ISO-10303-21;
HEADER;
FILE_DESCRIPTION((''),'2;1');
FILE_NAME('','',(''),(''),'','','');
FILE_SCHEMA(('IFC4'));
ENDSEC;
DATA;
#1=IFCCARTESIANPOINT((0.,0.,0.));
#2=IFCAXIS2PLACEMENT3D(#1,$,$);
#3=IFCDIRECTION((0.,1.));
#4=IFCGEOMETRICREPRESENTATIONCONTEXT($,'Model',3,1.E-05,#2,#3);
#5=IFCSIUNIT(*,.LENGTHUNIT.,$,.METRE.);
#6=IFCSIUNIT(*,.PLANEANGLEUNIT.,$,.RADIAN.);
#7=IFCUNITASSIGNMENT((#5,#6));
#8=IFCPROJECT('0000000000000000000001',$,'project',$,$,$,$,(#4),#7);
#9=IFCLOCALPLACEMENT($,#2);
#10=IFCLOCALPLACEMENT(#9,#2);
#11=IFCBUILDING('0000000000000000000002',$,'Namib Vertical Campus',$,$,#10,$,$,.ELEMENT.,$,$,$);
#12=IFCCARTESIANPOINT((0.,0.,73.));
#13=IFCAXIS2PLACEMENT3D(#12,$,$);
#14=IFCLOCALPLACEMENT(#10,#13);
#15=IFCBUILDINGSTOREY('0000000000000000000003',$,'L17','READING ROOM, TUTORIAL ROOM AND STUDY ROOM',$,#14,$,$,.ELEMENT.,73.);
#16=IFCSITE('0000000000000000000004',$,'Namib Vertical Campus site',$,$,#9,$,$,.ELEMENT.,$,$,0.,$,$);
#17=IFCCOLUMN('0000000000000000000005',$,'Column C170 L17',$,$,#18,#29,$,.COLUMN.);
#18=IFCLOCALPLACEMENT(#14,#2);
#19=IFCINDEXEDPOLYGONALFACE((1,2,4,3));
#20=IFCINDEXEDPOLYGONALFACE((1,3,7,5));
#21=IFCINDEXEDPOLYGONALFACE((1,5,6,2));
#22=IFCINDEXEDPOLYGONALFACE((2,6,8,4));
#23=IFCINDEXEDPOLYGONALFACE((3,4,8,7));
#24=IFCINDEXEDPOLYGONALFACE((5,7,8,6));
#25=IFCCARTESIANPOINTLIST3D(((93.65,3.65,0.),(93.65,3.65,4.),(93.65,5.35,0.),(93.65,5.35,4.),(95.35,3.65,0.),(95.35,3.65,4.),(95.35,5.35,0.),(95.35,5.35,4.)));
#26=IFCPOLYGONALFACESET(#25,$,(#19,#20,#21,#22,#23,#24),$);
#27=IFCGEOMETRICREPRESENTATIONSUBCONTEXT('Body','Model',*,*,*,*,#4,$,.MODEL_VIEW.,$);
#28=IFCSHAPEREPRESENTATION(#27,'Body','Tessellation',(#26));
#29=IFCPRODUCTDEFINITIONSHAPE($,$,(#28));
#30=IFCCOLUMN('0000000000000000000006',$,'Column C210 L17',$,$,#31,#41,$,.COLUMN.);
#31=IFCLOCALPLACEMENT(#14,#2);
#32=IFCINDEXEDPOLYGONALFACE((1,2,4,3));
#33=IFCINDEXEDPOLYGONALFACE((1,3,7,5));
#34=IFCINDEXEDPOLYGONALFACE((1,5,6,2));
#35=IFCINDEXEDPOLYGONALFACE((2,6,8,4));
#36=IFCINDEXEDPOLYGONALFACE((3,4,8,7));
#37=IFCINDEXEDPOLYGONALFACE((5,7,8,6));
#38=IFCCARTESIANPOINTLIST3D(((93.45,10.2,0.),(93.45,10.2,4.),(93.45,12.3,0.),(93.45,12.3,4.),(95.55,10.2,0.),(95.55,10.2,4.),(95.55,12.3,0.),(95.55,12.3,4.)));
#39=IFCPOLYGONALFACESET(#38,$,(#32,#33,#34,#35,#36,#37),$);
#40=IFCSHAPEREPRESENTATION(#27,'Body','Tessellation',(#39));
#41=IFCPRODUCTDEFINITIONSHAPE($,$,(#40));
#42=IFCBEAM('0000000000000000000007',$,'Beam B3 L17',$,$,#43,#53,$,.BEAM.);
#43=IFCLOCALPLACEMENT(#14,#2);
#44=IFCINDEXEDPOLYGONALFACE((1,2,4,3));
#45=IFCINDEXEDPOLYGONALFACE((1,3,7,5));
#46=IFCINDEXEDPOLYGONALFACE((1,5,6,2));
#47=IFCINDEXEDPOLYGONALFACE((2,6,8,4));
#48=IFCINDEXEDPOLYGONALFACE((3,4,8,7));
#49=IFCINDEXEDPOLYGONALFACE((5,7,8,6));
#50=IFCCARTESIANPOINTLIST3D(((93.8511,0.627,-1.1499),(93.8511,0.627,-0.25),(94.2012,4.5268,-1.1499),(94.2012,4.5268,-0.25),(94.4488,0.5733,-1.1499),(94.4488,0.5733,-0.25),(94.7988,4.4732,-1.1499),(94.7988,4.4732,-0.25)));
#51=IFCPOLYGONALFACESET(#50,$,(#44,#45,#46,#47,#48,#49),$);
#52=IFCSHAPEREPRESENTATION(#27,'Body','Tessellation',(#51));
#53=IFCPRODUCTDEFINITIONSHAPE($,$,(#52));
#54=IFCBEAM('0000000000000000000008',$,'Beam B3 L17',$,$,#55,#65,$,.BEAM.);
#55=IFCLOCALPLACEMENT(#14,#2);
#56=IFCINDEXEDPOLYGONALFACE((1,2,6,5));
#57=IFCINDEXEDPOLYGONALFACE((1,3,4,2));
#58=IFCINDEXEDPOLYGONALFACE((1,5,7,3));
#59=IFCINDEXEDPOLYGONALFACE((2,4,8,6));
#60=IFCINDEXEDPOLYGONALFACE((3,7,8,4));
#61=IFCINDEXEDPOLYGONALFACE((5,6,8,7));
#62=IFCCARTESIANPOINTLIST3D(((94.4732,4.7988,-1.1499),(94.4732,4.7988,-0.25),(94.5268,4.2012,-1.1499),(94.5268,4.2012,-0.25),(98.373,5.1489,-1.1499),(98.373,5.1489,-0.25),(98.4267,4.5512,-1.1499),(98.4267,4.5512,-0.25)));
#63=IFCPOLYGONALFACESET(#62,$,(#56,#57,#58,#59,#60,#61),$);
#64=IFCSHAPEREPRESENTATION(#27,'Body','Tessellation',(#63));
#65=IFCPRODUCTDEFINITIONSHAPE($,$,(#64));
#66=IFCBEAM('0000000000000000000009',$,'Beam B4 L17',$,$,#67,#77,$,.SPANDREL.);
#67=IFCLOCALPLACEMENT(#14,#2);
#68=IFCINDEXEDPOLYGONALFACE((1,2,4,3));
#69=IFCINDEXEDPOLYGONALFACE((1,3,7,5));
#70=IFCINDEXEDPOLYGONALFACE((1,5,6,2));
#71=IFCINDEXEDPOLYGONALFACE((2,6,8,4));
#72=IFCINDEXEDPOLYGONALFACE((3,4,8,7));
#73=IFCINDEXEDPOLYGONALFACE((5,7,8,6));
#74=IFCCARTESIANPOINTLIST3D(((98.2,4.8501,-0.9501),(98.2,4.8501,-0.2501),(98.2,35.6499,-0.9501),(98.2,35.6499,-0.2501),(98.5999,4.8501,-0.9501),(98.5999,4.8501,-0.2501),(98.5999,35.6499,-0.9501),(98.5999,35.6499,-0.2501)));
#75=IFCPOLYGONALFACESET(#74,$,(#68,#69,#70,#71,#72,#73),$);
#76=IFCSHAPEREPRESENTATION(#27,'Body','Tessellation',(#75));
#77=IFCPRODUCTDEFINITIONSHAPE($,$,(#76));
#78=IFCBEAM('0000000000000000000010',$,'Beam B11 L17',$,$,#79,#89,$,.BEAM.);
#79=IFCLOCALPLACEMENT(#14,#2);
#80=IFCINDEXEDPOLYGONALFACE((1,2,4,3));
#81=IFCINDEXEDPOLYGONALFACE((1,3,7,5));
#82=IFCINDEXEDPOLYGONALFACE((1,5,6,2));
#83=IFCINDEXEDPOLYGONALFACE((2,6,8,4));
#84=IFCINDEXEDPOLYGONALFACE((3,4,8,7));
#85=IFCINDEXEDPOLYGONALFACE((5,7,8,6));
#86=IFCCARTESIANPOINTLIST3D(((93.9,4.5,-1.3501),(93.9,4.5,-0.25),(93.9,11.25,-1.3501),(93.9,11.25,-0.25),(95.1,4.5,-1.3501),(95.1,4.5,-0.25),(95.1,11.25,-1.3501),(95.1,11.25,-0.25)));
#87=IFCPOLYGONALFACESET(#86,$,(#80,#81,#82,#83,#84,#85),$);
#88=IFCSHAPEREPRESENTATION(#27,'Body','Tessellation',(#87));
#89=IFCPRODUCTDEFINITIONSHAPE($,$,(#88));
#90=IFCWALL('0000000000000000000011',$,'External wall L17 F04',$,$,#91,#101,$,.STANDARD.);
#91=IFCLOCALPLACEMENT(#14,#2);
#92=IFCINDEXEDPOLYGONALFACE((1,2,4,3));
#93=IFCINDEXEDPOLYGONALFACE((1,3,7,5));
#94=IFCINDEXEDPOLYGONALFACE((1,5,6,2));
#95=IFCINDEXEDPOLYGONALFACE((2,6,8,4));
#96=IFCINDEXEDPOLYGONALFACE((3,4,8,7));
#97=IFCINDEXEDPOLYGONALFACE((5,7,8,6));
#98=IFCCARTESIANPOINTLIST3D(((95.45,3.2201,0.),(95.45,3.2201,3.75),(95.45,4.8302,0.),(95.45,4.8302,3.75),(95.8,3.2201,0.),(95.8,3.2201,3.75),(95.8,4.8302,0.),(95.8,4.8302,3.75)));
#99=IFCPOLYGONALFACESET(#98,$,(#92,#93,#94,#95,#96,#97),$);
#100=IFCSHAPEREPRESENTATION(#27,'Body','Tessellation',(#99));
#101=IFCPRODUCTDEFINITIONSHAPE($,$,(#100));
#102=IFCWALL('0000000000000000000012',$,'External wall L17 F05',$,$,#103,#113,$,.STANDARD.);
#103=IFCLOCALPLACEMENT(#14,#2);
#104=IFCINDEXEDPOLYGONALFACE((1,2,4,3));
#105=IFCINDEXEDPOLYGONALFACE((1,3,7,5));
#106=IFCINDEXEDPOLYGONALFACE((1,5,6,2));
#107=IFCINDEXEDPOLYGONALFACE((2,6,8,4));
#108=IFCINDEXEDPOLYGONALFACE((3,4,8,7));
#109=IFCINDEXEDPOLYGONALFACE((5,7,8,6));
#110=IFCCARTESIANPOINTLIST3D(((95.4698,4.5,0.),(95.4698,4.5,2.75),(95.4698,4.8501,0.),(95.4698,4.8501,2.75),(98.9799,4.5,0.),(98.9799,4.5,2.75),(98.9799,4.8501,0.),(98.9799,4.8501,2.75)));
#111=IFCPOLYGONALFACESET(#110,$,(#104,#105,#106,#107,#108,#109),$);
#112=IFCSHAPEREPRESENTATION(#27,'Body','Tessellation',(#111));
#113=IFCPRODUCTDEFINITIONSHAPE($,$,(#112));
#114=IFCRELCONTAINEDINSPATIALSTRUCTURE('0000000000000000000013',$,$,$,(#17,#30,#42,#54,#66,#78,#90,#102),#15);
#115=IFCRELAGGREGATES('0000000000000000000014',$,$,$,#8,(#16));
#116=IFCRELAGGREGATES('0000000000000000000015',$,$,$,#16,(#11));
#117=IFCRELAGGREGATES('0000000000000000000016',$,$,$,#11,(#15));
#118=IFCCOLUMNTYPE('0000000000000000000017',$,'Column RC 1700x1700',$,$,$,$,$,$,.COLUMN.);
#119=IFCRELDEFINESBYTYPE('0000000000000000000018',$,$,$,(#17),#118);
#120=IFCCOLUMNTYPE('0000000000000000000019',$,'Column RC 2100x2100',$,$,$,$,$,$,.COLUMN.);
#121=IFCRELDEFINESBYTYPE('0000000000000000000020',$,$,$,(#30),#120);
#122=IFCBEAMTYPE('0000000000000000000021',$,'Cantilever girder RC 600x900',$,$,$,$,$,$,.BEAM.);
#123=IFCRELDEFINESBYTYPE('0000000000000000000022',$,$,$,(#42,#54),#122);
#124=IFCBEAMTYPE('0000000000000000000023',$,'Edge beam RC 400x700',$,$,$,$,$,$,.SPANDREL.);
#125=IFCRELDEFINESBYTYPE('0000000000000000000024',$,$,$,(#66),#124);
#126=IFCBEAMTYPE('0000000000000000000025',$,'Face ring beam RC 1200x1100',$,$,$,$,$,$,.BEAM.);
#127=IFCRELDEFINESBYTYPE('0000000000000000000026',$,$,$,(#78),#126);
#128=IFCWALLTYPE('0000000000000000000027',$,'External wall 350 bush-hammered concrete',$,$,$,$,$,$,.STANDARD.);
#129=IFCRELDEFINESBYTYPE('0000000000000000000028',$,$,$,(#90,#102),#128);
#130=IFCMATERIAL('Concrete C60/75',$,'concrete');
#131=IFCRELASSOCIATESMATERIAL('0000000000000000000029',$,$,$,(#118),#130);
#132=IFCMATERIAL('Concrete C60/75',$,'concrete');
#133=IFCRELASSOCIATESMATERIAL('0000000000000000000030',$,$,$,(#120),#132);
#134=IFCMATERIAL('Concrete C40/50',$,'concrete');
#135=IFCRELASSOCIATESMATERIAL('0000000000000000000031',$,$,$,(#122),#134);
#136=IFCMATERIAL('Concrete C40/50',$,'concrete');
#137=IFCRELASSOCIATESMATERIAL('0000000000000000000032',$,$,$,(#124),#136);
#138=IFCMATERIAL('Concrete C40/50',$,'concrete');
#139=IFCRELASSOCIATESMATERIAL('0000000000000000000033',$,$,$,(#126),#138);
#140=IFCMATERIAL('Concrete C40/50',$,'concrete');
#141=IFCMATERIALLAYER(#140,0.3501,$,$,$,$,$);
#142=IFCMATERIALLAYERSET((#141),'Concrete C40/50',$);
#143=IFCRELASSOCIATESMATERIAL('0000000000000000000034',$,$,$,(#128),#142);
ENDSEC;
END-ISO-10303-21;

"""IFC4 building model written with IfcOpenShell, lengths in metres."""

from ifc_helpers import new_model, si_unit, direction, frame, frame_2d, origin, origin_2d, place, context, subcontext, project, spatial, rectangle, extrude, material, layer, layer_set, material_profile, profile_set, type_object, element, save


model = new_model("IFC4")

# Units and contexts
model_context = context("Model", 3, precision=1e-05, world=origin(), true_north=direction((0.0, 1.0)))
body_context = subcontext(model_context, "Body", "Model", "MODEL_VIEW")
ifc_project = project(units=[si_unit("LENGTHUNIT", "METRE"), si_unit("PLANEANGLEUNIT", "RADIAN")], contexts=[model_context])

# Site, building, storey
site_placement = place(None, origin())
site = spatial("IfcSite", under=ifc_project, at=site_placement, Name="Namib Vertical Campus site", CompositionType="ELEMENT", RefElevation=0.0)
building_placement = place(site_placement, origin())
building = spatial("IfcBuilding", under=site, at=building_placement, Name="Namib Vertical Campus", CompositionType="ELEMENT")
storey_placement = place(building_placement, frame((0.0, 0.0, 73.0)))
storey = spatial("IfcBuildingStorey", under=building, at=storey_placement, Name="L17", Description="READING ROOM, TUTORIAL ROOM AND STUDY ROOM", CompositionType="ELEMENT", Elevation=73.0)

# Columns
ifc_material_1 = material(Name="Concrete C60/75", Category="concrete")
ifc_material_profile_1 = material_profile(ifc_material_1, rectangle(XDim=1.7, YDim=1.7, at=origin_2d()))
ifc_profile_set_1 = profile_set([ifc_material_profile_1], Name="Concrete C60/75")
column_type_1 = type_object("IfcColumnType", Name="Column RC 1700x1700", PredefinedType="COLUMN", material=ifc_profile_set_1)
column_1_placement = place(storey_placement, frame((94.5, 4.5, 0.0), z_axis=(0.0, 0.0, 1.0), x_axis=(1.0, 0.0, 0.0)))
element("IfcColumn", 1, at=column_1_placement, inside=storey, type_object=column_type_1, Name="Column C170 L17", PredefinedType="COLUMN", context=body_context, shape_type="SweptSolid", body=[
    extrude(rectangle(XDim=1.7, YDim=1.7, at=origin_2d()), origin(), (0.0, 0.0, 1.0), 4.0),
])
ifc_material_2 = material(Name="Concrete C60/75", Category="concrete")
ifc_material_profile_2 = material_profile(ifc_material_2, rectangle(XDim=2.1001, YDim=2.1001, at=origin_2d()))
ifc_profile_set_2 = profile_set([ifc_material_profile_2], Name="Concrete C60/75")
column_type_2 = type_object("IfcColumnType", Name="Column RC 2100x2100", PredefinedType="COLUMN", material=ifc_profile_set_2)
column_2_placement = place(storey_placement, frame((94.5, 11.25, 0.0), z_axis=(0.0, 0.0, 1.0), x_axis=(1.0, 0.0, 0.0)))
element("IfcColumn", 2, at=column_2_placement, inside=storey, type_object=column_type_2, Name="Column C210 L17", PredefinedType="COLUMN", context=body_context, shape_type="SweptSolid", body=[
    extrude(rectangle(XDim=2.1001, YDim=2.1001, at=origin_2d()), origin(), (0.0, 0.0, 1.0), 4.0),
])

# Beams
ifc_material_3 = material(Name="Concrete C40/50", Category="concrete")
ifc_material_profile_3 = material_profile(ifc_material_3, rectangle(XDim=0.6001, YDim=0.8999, at=origin_2d()))
ifc_profile_set_3 = profile_set([ifc_material_profile_3], Name="Concrete C40/50")
beam_type_1 = type_object("IfcBeamType", Name="Cantilever girder RC 600x900", PredefinedType="BEAM", material=ifc_profile_set_3)
for number, where, z_axis, x_axis, name in (
    (3, (94.5, 4.5, -0.7), (-0.089411, -0.995995, 0.0), (0.995995, -0.089411, 0.0), "Beam B3 L17"),
    (4, (94.5, 4.5, -0.7), (0.995995, 0.089411, 0.0), (-0.089411, 0.995995, 0.0), "Beam B3 L17"),
):
    element("IfcBeam", number, at=place(storey_placement, frame(where, z_axis=z_axis, x_axis=x_axis)), inside=storey, type_object=beam_type_1, Name=name, PredefinedType="BEAM", context=body_context, shape_type="SweptSolid", body=[
        extrude(rectangle(XDim=0.6001, YDim=0.8999, at=origin_2d()), origin(), (0.0, 0.0, 1.0), 3.9155),
    ])
ifc_material_4 = material(Name="Concrete C40/50", Category="concrete")
ifc_material_profile_4 = material_profile(ifc_material_4, rectangle(XDim=0.3999, YDim=0.7, at=origin_2d()))
ifc_profile_set_4 = profile_set([ifc_material_profile_4], Name="Concrete C40/50")
beam_type_2 = type_object("IfcBeamType", Name="Edge beam RC 400x700", PredefinedType="SPANDREL", material=ifc_profile_set_4)
beam_1_placement = place(storey_placement, frame((98.3999, 4.8501, -0.6001), z_axis=(0.0, 1.0, 0.0), x_axis=(-1.0, 0.0, 0.0)))
element("IfcBeam", 5, at=beam_1_placement, inside=storey, type_object=beam_type_2, Name="Beam B4 L17", PredefinedType="SPANDREL", context=body_context, shape_type="SweptSolid", body=[
    extrude(rectangle(XDim=0.3999, YDim=0.7, at=origin_2d()), origin(), (0.0, 0.0, 1.0), 30.7998),
])
ifc_material_5 = material(Name="Concrete C40/50", Category="concrete")
ifc_material_profile_5 = material_profile(ifc_material_5, rectangle(XDim=1.2, YDim=1.1001, at=origin_2d()))
ifc_profile_set_5 = profile_set([ifc_material_profile_5], Name="Concrete C40/50")
beam_type_3 = type_object("IfcBeamType", Name="Face ring beam RC 1200x1100", PredefinedType="BEAM", material=ifc_profile_set_5)
beam_2_placement = place(storey_placement, frame((94.5, 4.5, -0.8), z_axis=(0.0, 1.0, 0.0), x_axis=(-1.0, 0.0, 0.0)))
element("IfcBeam", 6, at=beam_2_placement, inside=storey, type_object=beam_type_3, Name="Beam B11 L17", PredefinedType="BEAM", context=body_context, shape_type="SweptSolid", body=[
    extrude(rectangle(XDim=1.2, YDim=1.1001, at=origin_2d()), origin(), (0.0, 0.0, 1.0), 6.75),
])

# Walls
ifc_material_6 = material(Name="Concrete C40/50", Category="concrete")
ifc_layer_1 = layer(ifc_material_6, 0.3501)
ifc_layer_set_1 = layer_set([ifc_layer_1], Name="Concrete C40/50")
wall_type = type_object("IfcWallType", Name="External wall 350 bush-hammered concrete", PredefinedType="STANDARD", material=ifc_layer_set_1)
wall_1_placement = place(storey_placement, frame((95.625, 3.22, 0.0), z_axis=(0.0, 0.0, 1.0), x_axis=(0.0, 1.0, 0.0)))
element("IfcWall", 7, at=wall_1_placement, inside=storey, type_object=wall_type, Name="External wall L17 F04", PredefinedType="STANDARD", context=body_context, shape_type="SweptSolid", body=[
    extrude(rectangle(XDim=1.6101, YDim=0.3501, at=frame_2d((0.8052, 0.0))), origin(), (0.0, 0.0, 1.0), 3.75),
])
wall_2_placement = place(storey_placement, frame((95.47, 4.675, 0.0), z_axis=(0.0, 0.0, 1.0), x_axis=(1.0, 0.0, 0.0)))
element("IfcWall", 8, at=wall_2_placement, inside=storey, type_object=wall_type, Name="External wall L17 F05", PredefinedType="STANDARD", context=body_context, shape_type="SweptSolid", body=[
    extrude(rectangle(XDim=3.51, YDim=0.3501, at=frame_2d((1.7549, 0.0))), origin(), (0.0, 0.0, 1.0), 2.75),
])

save(model, "model.ifc")
